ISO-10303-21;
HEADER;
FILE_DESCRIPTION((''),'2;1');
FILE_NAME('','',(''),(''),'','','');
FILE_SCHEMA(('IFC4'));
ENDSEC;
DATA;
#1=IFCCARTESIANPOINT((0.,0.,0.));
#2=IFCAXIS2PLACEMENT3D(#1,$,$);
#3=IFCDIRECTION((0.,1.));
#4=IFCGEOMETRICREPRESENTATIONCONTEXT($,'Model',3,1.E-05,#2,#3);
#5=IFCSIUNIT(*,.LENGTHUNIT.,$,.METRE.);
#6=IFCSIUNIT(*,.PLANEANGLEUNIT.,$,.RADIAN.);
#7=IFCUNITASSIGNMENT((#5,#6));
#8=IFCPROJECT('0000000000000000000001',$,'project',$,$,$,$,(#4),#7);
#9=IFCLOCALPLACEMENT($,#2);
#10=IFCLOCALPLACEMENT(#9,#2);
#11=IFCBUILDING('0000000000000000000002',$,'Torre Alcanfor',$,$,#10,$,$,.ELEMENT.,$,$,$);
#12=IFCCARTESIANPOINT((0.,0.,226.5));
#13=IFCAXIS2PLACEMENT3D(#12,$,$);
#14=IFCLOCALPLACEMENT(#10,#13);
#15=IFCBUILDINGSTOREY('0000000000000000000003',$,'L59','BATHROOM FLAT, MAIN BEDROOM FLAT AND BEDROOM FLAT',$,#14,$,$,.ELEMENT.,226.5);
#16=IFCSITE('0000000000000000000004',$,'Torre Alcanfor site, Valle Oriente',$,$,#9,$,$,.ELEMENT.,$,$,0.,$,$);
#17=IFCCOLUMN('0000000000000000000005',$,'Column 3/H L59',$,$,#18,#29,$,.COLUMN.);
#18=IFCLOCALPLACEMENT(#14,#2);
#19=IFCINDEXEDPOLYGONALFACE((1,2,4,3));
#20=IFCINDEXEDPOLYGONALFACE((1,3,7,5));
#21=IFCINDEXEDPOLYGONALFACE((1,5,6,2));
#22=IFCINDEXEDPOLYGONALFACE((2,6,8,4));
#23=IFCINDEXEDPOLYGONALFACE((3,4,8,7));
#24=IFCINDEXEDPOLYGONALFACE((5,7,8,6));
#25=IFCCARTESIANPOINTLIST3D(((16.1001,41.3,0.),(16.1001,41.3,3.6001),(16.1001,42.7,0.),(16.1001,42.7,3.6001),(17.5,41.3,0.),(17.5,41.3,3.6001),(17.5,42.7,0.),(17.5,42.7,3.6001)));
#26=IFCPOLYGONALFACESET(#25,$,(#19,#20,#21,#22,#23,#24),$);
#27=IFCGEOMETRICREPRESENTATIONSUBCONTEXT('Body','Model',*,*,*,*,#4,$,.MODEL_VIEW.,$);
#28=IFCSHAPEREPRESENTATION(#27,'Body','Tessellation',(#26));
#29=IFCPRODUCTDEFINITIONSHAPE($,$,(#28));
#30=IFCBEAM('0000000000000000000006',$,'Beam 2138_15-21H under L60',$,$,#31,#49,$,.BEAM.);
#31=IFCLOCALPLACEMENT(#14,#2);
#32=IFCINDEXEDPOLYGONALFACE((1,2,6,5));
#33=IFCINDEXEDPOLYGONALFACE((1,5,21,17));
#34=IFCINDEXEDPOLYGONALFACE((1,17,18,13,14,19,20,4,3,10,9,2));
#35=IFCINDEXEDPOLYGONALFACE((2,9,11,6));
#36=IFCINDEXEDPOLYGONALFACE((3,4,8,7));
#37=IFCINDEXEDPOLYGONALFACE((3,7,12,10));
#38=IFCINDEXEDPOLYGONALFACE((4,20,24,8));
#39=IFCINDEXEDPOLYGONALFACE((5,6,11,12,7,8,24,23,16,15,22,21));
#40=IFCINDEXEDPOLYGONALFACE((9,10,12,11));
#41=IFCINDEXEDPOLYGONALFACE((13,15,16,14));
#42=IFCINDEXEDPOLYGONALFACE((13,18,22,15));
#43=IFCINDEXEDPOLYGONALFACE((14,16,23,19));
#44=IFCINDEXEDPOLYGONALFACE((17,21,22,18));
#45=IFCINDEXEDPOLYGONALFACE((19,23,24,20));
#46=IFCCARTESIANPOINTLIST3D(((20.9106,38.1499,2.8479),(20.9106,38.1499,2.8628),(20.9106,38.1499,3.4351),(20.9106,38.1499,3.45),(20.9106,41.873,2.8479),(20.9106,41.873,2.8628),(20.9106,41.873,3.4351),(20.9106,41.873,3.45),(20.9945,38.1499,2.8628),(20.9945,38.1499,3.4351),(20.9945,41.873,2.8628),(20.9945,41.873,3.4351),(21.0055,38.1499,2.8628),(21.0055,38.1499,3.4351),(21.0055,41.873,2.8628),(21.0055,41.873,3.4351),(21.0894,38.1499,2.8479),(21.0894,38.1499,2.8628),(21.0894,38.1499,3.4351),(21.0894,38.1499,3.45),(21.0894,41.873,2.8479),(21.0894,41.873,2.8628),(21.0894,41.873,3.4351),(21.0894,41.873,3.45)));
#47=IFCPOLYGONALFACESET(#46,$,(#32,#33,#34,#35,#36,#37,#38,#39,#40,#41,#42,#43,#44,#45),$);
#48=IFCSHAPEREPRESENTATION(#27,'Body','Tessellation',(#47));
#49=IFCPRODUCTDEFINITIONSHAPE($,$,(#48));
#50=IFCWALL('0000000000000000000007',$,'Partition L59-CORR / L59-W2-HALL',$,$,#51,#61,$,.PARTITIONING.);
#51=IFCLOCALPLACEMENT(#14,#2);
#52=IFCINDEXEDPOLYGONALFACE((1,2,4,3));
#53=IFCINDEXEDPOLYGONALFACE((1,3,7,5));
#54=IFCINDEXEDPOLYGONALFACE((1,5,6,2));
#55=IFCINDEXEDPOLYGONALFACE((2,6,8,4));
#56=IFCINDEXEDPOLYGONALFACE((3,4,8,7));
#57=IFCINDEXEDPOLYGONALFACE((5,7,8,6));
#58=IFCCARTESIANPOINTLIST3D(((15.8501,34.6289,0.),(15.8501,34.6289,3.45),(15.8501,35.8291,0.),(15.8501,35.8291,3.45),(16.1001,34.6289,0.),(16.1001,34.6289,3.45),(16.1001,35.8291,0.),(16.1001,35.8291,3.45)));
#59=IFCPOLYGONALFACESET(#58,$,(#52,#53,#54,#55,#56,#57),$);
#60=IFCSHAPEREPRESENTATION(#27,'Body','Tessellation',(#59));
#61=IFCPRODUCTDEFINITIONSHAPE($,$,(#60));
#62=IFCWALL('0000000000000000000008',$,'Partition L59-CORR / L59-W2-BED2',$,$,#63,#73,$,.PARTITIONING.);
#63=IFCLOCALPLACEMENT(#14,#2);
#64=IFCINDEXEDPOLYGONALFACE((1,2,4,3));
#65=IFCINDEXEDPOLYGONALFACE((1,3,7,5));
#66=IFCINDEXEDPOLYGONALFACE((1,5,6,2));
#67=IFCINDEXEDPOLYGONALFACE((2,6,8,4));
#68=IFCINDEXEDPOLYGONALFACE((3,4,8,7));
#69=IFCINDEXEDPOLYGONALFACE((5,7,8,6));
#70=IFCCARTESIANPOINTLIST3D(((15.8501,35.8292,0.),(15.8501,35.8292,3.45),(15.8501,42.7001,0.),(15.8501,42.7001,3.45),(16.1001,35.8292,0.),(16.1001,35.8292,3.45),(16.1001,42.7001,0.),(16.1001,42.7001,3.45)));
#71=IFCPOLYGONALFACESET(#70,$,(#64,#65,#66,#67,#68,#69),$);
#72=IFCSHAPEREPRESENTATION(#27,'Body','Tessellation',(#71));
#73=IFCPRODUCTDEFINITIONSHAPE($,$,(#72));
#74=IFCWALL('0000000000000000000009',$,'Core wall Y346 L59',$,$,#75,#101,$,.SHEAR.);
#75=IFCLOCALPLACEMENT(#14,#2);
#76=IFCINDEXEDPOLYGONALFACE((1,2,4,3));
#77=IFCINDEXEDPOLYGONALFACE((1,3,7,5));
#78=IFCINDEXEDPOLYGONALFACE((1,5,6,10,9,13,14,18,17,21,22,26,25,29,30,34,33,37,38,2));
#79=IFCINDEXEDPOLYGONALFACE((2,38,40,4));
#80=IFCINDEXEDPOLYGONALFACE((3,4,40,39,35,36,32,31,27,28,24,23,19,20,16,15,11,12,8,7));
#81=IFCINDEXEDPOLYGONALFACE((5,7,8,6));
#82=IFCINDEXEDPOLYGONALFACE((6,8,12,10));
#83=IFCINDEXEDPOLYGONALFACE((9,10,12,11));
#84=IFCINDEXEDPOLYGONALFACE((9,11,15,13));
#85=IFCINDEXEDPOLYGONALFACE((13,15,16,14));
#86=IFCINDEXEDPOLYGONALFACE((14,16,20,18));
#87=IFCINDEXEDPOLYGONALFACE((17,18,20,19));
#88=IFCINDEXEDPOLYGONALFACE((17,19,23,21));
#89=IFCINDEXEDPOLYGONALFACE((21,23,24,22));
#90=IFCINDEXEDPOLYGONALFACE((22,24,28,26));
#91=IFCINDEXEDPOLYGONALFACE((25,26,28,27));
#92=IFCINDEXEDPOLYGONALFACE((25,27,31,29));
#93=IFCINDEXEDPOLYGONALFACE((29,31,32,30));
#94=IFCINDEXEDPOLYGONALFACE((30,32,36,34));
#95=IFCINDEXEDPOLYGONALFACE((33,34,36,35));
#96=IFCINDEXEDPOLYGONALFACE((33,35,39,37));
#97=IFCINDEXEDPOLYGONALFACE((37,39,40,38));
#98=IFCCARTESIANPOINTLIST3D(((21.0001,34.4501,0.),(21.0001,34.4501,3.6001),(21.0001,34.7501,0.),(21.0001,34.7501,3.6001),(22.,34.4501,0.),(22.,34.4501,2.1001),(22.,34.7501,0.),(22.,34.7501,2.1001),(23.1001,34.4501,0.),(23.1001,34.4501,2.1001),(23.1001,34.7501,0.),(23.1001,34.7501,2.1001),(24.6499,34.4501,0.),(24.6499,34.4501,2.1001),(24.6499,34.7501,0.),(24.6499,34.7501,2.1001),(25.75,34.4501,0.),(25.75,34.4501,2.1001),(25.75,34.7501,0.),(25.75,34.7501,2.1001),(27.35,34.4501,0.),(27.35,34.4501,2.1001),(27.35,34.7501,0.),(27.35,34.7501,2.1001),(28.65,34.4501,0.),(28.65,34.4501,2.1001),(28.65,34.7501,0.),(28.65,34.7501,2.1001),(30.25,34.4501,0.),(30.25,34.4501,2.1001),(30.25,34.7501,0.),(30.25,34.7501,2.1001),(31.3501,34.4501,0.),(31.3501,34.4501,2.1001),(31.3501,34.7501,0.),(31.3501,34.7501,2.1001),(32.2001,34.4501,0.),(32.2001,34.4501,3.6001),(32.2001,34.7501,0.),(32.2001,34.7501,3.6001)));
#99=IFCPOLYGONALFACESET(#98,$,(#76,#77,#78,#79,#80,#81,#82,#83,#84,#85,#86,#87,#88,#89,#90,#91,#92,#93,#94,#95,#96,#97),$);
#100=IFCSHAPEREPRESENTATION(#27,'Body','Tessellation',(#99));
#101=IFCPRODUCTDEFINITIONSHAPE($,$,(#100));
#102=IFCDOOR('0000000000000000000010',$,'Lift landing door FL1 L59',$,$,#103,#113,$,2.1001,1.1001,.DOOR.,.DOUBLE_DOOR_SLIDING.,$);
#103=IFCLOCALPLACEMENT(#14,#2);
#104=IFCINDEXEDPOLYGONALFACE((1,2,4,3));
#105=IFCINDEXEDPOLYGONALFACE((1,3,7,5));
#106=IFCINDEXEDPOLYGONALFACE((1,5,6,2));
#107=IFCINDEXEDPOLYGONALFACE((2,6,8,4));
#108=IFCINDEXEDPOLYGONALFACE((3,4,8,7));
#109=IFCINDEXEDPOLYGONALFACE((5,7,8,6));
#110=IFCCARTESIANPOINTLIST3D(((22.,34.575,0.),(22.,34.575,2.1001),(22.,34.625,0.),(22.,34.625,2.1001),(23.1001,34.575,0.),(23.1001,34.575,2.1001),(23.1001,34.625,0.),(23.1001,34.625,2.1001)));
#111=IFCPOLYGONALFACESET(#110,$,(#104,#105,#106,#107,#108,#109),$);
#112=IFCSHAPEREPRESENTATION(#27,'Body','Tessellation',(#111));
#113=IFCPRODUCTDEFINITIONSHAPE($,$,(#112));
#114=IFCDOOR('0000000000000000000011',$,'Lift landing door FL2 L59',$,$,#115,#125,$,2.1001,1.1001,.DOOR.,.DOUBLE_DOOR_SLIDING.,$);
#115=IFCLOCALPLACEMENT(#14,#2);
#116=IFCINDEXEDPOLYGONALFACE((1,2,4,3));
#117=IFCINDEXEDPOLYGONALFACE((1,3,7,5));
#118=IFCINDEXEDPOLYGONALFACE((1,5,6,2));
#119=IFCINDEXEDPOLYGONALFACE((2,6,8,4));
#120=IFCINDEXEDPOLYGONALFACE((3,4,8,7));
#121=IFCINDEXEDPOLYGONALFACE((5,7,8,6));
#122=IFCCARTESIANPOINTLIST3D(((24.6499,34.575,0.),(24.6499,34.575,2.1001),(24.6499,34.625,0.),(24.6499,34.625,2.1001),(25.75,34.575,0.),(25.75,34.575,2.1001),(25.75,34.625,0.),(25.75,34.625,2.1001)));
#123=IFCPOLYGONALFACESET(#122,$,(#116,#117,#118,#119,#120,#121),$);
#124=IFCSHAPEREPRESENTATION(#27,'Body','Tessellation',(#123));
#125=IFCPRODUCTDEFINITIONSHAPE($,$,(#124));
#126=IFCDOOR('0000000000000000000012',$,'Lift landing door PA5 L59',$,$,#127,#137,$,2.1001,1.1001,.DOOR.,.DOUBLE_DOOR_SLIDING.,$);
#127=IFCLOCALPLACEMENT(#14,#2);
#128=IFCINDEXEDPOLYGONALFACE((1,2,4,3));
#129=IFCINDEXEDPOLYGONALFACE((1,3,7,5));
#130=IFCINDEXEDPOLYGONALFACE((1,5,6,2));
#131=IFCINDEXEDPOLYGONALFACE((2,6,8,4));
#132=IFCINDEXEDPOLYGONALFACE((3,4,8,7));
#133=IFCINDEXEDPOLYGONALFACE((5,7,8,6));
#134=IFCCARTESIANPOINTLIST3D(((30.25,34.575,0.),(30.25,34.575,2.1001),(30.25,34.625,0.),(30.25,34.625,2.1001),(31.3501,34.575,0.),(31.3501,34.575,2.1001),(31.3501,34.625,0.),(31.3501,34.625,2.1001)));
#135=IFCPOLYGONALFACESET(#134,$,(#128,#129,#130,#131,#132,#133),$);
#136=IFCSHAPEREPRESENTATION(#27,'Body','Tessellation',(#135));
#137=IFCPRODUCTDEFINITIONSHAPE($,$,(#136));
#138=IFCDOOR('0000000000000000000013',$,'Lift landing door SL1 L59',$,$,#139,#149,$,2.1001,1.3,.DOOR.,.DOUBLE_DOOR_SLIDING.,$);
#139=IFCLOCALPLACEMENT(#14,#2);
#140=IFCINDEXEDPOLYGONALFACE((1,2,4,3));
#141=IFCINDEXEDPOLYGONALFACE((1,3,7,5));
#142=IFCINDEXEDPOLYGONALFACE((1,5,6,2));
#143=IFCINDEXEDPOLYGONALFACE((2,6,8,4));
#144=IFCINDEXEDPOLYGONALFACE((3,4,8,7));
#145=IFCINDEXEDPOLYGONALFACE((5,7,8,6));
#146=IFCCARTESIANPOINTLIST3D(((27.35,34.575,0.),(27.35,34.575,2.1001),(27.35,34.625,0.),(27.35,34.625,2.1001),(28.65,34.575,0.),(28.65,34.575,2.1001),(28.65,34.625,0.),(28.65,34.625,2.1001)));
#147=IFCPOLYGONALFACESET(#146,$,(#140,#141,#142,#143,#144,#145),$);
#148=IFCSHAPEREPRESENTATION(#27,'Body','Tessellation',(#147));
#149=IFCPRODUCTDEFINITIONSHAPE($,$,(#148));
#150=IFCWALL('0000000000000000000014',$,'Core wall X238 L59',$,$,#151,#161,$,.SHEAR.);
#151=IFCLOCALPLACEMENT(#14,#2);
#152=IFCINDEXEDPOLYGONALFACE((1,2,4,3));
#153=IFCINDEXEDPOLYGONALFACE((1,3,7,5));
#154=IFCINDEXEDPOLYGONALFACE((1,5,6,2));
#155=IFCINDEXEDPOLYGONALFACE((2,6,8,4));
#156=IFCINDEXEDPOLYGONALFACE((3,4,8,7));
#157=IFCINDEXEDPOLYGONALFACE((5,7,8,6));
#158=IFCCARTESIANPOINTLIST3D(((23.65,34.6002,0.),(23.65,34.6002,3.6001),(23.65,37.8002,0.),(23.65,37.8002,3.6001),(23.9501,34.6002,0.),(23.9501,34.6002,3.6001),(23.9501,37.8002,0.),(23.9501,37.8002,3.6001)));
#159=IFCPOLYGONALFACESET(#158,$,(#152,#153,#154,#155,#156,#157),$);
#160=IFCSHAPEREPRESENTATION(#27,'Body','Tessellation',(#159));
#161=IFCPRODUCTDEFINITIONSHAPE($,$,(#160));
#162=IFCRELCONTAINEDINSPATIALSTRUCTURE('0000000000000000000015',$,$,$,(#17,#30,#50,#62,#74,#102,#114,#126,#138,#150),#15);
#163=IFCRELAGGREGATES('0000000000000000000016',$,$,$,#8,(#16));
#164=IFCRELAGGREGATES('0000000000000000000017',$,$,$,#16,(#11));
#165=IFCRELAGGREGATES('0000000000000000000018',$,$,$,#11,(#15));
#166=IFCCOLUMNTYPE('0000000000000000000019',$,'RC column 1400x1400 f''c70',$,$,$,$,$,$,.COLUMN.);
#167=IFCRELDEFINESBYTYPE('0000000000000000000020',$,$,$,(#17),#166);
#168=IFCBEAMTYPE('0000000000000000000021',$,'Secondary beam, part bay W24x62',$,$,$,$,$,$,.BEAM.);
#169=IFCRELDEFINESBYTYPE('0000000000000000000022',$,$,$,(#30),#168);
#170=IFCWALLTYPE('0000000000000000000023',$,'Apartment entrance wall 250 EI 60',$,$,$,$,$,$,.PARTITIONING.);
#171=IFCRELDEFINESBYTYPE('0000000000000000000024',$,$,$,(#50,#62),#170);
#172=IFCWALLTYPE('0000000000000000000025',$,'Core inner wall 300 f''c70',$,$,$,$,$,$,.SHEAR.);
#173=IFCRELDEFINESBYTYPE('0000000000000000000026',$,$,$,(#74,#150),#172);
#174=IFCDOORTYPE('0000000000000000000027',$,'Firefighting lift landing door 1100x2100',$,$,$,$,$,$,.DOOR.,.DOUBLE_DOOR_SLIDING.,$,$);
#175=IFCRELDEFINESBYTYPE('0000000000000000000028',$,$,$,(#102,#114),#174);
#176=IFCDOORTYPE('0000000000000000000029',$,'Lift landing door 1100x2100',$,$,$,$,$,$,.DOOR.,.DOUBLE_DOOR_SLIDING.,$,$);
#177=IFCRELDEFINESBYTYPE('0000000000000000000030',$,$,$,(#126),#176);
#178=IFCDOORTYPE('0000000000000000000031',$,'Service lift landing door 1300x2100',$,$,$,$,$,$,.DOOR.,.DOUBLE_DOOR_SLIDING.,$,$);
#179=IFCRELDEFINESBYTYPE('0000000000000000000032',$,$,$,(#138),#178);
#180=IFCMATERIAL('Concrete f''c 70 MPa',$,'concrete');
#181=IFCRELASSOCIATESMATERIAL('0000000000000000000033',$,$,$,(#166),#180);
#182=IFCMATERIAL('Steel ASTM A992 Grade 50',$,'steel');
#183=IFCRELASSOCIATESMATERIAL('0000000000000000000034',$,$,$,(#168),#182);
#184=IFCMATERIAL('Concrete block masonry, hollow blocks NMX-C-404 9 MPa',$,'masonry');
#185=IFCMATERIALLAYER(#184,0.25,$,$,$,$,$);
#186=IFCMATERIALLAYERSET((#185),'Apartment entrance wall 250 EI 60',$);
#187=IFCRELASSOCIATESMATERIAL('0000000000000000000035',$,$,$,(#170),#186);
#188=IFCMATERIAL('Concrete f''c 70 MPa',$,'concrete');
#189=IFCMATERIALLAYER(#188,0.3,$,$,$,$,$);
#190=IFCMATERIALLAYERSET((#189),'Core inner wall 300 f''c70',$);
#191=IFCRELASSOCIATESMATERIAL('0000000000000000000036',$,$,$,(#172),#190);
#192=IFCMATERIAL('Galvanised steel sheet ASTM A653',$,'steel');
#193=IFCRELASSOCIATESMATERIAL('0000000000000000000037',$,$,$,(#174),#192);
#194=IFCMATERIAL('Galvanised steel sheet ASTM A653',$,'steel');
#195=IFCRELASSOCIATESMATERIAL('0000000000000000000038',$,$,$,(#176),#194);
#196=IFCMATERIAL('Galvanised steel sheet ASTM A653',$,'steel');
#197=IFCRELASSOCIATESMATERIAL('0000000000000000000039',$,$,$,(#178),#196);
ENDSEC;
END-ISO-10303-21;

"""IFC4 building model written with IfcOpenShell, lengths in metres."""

from ifc_helpers import new_model, si_unit, direction, frame, frame_2d, origin, origin_2d, place, context, subcontext, project, spatial, rectangle, i_section, extrude, material, layer, layer_set, material_profile, profile_set, type_object, element, fill, save


model = new_model("IFC4")

# Units and contexts
model_context = context("Model", 3, precision=1e-05, world=origin(), true_north=direction((0.0, 1.0)))
body_context = subcontext(model_context, "Body", "Model", "MODEL_VIEW")
ifc_project = project(units=[si_unit("LENGTHUNIT", "METRE"), si_unit("PLANEANGLEUNIT", "RADIAN")], contexts=[model_context])

# Site, building, storey
site_placement = place(None, origin())
site = spatial("IfcSite", under=ifc_project, at=site_placement, Name="Torre Alcanfor site, Valle Oriente", CompositionType="ELEMENT", RefElevation=0.0)
building_placement = place(site_placement, origin())
building = spatial("IfcBuilding", under=site, at=building_placement, Name="Torre Alcanfor", CompositionType="ELEMENT")
storey_placement = place(building_placement, frame((0.0, 0.0, 226.5)))
storey = spatial("IfcBuildingStorey", under=building, at=storey_placement, Name="L59", Description="BATHROOM FLAT, MAIN BEDROOM FLAT AND BEDROOM FLAT", CompositionType="ELEMENT", Elevation=226.5)

# Column
ifc_material_1 = material(Name="Concrete f'c 70 MPa", Category="concrete")
ifc_material_profile_1 = material_profile(ifc_material_1, rectangle(XDim=1.3999, YDim=1.3999, at=origin_2d()), Name="1400x1400")
ifc_profile_set_1 = profile_set([ifc_material_profile_1], Name="Concrete f'c 70 MPa")
column_type = type_object("IfcColumnType", Name="RC column 1400x1400 f'c70", PredefinedType="COLUMN", material=ifc_profile_set_1)
column_placement = place(storey_placement, frame((16.8, 42.0, 0.0), z_axis=(0.0, 0.0, 1.0), x_axis=(1.0, 0.0, 0.0)))
element("IfcColumn", 1, at=column_placement, inside=storey, type_object=column_type, Name="Column 3/H L59", PredefinedType="COLUMN", context=body_context, shape_type="SweptSolid", body=[
    extrude(rectangle(XDim=1.3999, YDim=1.3999, at=origin_2d()), origin(), (0.0, 0.0, 1.0), 3.6001),
])

# Beam
ifc_material_2 = material(Name="Steel ASTM A992 Grade 50", Category="steel")
ifc_material_profile_2 = material_profile(ifc_material_2, i_section(OverallWidth=0.1787, OverallDepth=0.6021, WebThickness=0.011, FlangeThickness=0.0149, at=origin_2d()), Name="W24x62")
ifc_profile_set_2 = profile_set([ifc_material_profile_2], Name="Steel ASTM A992 Grade 50")
beam_type = type_object("IfcBeamType", Name="Secondary beam, part bay W24x62", PredefinedType="BEAM", material=ifc_profile_set_2)
beam_placement = place(storey_placement, frame((21.0, 38.1499, 3.1489), z_axis=(0.0, 1.0, 0.0), x_axis=(-1.0, 0.0, 0.0)))
element("IfcBeam", 2, at=beam_placement, inside=storey, type_object=beam_type, Name="Beam 2138_15-21H under L60", PredefinedType="BEAM", context=body_context, shape_type="SweptSolid", body=[
    extrude(i_section(OverallWidth=0.1787, OverallDepth=0.6021, WebThickness=0.011, FlangeThickness=0.0149, at=origin_2d()), origin(), (0.0, 0.0, 1.0), 3.7231),
])

# Walls
ifc_material_3 = material(Name="Concrete block masonry, hollow blocks NMX-C-404 9 MPa", Category="masonry")
ifc_layer_1 = layer(ifc_material_3, 0.25)
ifc_layer_set_1 = layer_set([ifc_layer_1], Name="Apartment entrance wall 250 EI 60")
wall_type_1 = type_object("IfcWallType", Name="Apartment entrance wall 250 EI 60", PredefinedType="PARTITIONING", material=ifc_layer_set_1)
wall_1_placement = place(storey_placement, frame((15.9751, 34.6289, 0.0), z_axis=(0.0, 0.0, 1.0), x_axis=(0.0, 1.0, 0.0)))
element("IfcWall", 3, at=wall_1_placement, inside=storey, type_object=wall_type_1, Name="Partition L59-CORR / L59-W2-HALL", PredefinedType="PARTITIONING", context=body_context, shape_type="SweptSolid", body=[
    extrude(rectangle(XDim=1.2002, YDim=0.25, at=frame_2d((0.6001, 0.0))), origin(), (0.0, 0.0, 1.0), 3.45),
])
wall_2_placement = place(storey_placement, frame((15.9751, 35.8291, 0.0), z_axis=(0.0, 0.0, 1.0), x_axis=(0.0, 1.0, 0.0)))
element("IfcWall", 4, at=wall_2_placement, inside=storey, type_object=wall_type_1, Name="Partition L59-CORR / L59-W2-BED2", PredefinedType="PARTITIONING", context=body_context, shape_type="SweptSolid", body=[
    extrude(rectangle(XDim=6.8708, YDim=0.25, at=frame_2d((3.4355, 0.0))), origin(), (0.0, 0.0, 1.0), 3.45),
])

# Wall, openings, doors
ifc_material_4 = material(Name="Concrete f'c 70 MPa", Category="concrete")
ifc_layer_2 = layer(ifc_material_4, 0.3)
ifc_layer_set_2 = layer_set([ifc_layer_2], Name="Core inner wall 300 f'c70")
wall_type_2 = type_object("IfcWallType", Name="Core inner wall 300 f'c70", PredefinedType="SHEAR", material=ifc_layer_set_2)
wall_3_placement = place(storey_placement, frame((21.0, 34.6001, 0.0), z_axis=(0.0, 0.0, 1.0), x_axis=(1.0, 0.0, 0.0)))
wall_3 = element("IfcWall", 5, at=wall_3_placement, inside=storey, type_object=wall_type_2, Name="Core wall Y346 L59", PredefinedType="SHEAR", context=body_context, shape_type="SweptSolid", body=[
    extrude(rectangle(XDim=11.2, YDim=0.3, at=frame_2d((5.6001, 0.0))), origin(), (0.0, 0.0, 1.0), 3.6001),
])
opening_1_placement = place(wall_3_placement, frame((9.25, 0.0, 0.0)))
opening_1 = element("IfcOpeningElement", 6, at=opening_1_placement, cuts=wall_3, PredefinedType="OPENING", context=body_context, shape_type="SweptSolid", body=[
    extrude(rectangle(XDim=1.1001, YDim=2.1001, at=frame_2d((0.55, 1.05))), frame((0.0, 0.1599, 0.0), z_axis=(0.0, -1.0, 0.0), x_axis=(1.0, 0.0, 0.0)), (0.0, 0.0, 1.0), 0.3201),
])
opening_2_placement = place(wall_3_placement, frame((1.0, 0.0, 0.0)))
opening_2 = element("IfcOpeningElement", 7, at=opening_2_placement, cuts=wall_3, PredefinedType="OPENING", context=body_context, shape_type="SweptSolid", body=[
    extrude(rectangle(XDim=1.1001, YDim=2.1001, at=frame_2d((0.55, 1.05))), frame((0.0, 0.1599, 0.0), z_axis=(0.0, -1.0, 0.0), x_axis=(1.0, 0.0, 0.0)), (0.0, 0.0, 1.0), 0.3201),
])
opening_3_placement = place(wall_3_placement, frame((3.6499, 0.0, 0.0)))
opening_3 = element("IfcOpeningElement", 8, at=opening_3_placement, cuts=wall_3, PredefinedType="OPENING", context=body_context, shape_type="SweptSolid", body=[
    extrude(rectangle(XDim=1.1001, YDim=2.1001, at=frame_2d((0.55, 1.05))), frame((0.0, 0.1599, 0.0), z_axis=(0.0, -1.0, 0.0), x_axis=(1.0, 0.0, 0.0)), (0.0, 0.0, 1.0), 0.3201),
])
opening_4_placement = place(wall_3_placement, frame((6.3501, 0.0, 0.0)))
opening_4 = element("IfcOpeningElement", 9, at=opening_4_placement, cuts=wall_3, PredefinedType="OPENING", context=body_context, shape_type="SweptSolid", body=[
    extrude(rectangle(XDim=1.3, YDim=2.1001, at=frame_2d((0.6499, 1.05))), frame((0.0, 0.1599, 0.0), z_axis=(0.0, -1.0, 0.0), x_axis=(1.0, 0.0, 0.0)), (0.0, 0.0, 1.0), 0.3201),
])
ifc_material_5 = material(Name="Galvanised steel sheet ASTM A653", Category="steel")
door_type_1 = type_object("IfcDoorType", Name="Firefighting lift landing door 1100x2100", OperationType="DOUBLE_DOOR_SLIDING", PredefinedType="DOOR", material=ifc_material_5)
door_1_placement = place(opening_2_placement, origin())
door_1 = element("IfcDoor", 10, at=door_1_placement, inside=storey, type_object=door_type_1, Name="Lift landing door FL1 L59", OperationType="DOUBLE_DOOR_SLIDING", OverallHeight=2.1001, OverallWidth=1.1001, PredefinedType="DOOR", context=body_context, shape_type="SweptSolid", body=[
    extrude(rectangle(XDim=1.1001, YDim=2.1001, at=frame_2d((0.55, 1.05))), frame((0.0, 0.0249, 0.0), z_axis=(0.0, -1.0, 0.0), x_axis=(1.0, 0.0, 0.0)), (0.0, 0.0, 1.0), 0.05),
])
fill(opening_2, door_1)
door_2_placement = place(opening_3_placement, origin())
door_2 = element("IfcDoor", 11, at=door_2_placement, inside=storey, type_object=door_type_1, Name="Lift landing door FL2 L59", OperationType="DOUBLE_DOOR_SLIDING", OverallHeight=2.1001, OverallWidth=1.1001, PredefinedType="DOOR", context=body_context, shape_type="SweptSolid", body=[
    extrude(rectangle(XDim=1.1001, YDim=2.1001, at=frame_2d((0.55, 1.05))), frame((0.0, 0.0249, 0.0), z_axis=(0.0, -1.0, 0.0), x_axis=(1.0, 0.0, 0.0)), (0.0, 0.0, 1.0), 0.05),
])
fill(opening_3, door_2)
ifc_material_6 = material(Name="Galvanised steel sheet ASTM A653", Category="steel")
door_type_2 = type_object("IfcDoorType", Name="Lift landing door 1100x2100", OperationType="DOUBLE_DOOR_SLIDING", PredefinedType="DOOR", material=ifc_material_6)
door_3_placement = place(opening_1_placement, origin())
door_3 = element("IfcDoor", 12, at=door_3_placement, inside=storey, type_object=door_type_2, Name="Lift landing door PA5 L59", OperationType="DOUBLE_DOOR_SLIDING", OverallHeight=2.1001, OverallWidth=1.1001, PredefinedType="DOOR", context=body_context, shape_type="SweptSolid", body=[
    extrude(rectangle(XDim=1.1001, YDim=2.1001, at=frame_2d((0.55, 1.05))), frame((0.0, 0.0249, 0.0), z_axis=(0.0, -1.0, 0.0), x_axis=(1.0, 0.0, 0.0)), (0.0, 0.0, 1.0), 0.05),
])
fill(opening_1, door_3)
ifc_material_7 = material(Name="Galvanised steel sheet ASTM A653", Category="steel")
door_type_3 = type_object("IfcDoorType", Name="Service lift landing door 1300x2100", OperationType="DOUBLE_DOOR_SLIDING", PredefinedType="DOOR", material=ifc_material_7)
door_4_placement = place(opening_4_placement, origin())
door_4 = element("IfcDoor", 13, at=door_4_placement, inside=storey, type_object=door_type_3, Name="Lift landing door SL1 L59", OperationType="DOUBLE_DOOR_SLIDING", OverallHeight=2.1001, OverallWidth=1.3, PredefinedType="DOOR", context=body_context, shape_type="SweptSolid", body=[
    extrude(rectangle(XDim=1.3, YDim=2.1001, at=frame_2d((0.6499, 1.05))), frame((0.0, 0.0249, 0.0), z_axis=(0.0, -1.0, 0.0), x_axis=(1.0, 0.0, 0.0)), (0.0, 0.0, 1.0), 0.05),
])
fill(opening_4, door_4)

# Wall
wall_4_placement = place(storey_placement, frame((23.8, 34.6001, 0.0), z_axis=(0.0, 0.0, 1.0), x_axis=(0.0, 1.0, 0.0)))
element("IfcWall", 14, at=wall_4_placement, inside=storey, type_object=wall_type_2, Name="Core wall X238 L59", PredefinedType="SHEAR", context=body_context, shape_type="SweptSolid", body=[
    extrude(rectangle(XDim=3.2, YDim=0.3, at=frame_2d((1.6001, 0.0))), origin(), (0.0, 0.0, 1.0), 3.6001),
])

save(model, "model.ifc")
